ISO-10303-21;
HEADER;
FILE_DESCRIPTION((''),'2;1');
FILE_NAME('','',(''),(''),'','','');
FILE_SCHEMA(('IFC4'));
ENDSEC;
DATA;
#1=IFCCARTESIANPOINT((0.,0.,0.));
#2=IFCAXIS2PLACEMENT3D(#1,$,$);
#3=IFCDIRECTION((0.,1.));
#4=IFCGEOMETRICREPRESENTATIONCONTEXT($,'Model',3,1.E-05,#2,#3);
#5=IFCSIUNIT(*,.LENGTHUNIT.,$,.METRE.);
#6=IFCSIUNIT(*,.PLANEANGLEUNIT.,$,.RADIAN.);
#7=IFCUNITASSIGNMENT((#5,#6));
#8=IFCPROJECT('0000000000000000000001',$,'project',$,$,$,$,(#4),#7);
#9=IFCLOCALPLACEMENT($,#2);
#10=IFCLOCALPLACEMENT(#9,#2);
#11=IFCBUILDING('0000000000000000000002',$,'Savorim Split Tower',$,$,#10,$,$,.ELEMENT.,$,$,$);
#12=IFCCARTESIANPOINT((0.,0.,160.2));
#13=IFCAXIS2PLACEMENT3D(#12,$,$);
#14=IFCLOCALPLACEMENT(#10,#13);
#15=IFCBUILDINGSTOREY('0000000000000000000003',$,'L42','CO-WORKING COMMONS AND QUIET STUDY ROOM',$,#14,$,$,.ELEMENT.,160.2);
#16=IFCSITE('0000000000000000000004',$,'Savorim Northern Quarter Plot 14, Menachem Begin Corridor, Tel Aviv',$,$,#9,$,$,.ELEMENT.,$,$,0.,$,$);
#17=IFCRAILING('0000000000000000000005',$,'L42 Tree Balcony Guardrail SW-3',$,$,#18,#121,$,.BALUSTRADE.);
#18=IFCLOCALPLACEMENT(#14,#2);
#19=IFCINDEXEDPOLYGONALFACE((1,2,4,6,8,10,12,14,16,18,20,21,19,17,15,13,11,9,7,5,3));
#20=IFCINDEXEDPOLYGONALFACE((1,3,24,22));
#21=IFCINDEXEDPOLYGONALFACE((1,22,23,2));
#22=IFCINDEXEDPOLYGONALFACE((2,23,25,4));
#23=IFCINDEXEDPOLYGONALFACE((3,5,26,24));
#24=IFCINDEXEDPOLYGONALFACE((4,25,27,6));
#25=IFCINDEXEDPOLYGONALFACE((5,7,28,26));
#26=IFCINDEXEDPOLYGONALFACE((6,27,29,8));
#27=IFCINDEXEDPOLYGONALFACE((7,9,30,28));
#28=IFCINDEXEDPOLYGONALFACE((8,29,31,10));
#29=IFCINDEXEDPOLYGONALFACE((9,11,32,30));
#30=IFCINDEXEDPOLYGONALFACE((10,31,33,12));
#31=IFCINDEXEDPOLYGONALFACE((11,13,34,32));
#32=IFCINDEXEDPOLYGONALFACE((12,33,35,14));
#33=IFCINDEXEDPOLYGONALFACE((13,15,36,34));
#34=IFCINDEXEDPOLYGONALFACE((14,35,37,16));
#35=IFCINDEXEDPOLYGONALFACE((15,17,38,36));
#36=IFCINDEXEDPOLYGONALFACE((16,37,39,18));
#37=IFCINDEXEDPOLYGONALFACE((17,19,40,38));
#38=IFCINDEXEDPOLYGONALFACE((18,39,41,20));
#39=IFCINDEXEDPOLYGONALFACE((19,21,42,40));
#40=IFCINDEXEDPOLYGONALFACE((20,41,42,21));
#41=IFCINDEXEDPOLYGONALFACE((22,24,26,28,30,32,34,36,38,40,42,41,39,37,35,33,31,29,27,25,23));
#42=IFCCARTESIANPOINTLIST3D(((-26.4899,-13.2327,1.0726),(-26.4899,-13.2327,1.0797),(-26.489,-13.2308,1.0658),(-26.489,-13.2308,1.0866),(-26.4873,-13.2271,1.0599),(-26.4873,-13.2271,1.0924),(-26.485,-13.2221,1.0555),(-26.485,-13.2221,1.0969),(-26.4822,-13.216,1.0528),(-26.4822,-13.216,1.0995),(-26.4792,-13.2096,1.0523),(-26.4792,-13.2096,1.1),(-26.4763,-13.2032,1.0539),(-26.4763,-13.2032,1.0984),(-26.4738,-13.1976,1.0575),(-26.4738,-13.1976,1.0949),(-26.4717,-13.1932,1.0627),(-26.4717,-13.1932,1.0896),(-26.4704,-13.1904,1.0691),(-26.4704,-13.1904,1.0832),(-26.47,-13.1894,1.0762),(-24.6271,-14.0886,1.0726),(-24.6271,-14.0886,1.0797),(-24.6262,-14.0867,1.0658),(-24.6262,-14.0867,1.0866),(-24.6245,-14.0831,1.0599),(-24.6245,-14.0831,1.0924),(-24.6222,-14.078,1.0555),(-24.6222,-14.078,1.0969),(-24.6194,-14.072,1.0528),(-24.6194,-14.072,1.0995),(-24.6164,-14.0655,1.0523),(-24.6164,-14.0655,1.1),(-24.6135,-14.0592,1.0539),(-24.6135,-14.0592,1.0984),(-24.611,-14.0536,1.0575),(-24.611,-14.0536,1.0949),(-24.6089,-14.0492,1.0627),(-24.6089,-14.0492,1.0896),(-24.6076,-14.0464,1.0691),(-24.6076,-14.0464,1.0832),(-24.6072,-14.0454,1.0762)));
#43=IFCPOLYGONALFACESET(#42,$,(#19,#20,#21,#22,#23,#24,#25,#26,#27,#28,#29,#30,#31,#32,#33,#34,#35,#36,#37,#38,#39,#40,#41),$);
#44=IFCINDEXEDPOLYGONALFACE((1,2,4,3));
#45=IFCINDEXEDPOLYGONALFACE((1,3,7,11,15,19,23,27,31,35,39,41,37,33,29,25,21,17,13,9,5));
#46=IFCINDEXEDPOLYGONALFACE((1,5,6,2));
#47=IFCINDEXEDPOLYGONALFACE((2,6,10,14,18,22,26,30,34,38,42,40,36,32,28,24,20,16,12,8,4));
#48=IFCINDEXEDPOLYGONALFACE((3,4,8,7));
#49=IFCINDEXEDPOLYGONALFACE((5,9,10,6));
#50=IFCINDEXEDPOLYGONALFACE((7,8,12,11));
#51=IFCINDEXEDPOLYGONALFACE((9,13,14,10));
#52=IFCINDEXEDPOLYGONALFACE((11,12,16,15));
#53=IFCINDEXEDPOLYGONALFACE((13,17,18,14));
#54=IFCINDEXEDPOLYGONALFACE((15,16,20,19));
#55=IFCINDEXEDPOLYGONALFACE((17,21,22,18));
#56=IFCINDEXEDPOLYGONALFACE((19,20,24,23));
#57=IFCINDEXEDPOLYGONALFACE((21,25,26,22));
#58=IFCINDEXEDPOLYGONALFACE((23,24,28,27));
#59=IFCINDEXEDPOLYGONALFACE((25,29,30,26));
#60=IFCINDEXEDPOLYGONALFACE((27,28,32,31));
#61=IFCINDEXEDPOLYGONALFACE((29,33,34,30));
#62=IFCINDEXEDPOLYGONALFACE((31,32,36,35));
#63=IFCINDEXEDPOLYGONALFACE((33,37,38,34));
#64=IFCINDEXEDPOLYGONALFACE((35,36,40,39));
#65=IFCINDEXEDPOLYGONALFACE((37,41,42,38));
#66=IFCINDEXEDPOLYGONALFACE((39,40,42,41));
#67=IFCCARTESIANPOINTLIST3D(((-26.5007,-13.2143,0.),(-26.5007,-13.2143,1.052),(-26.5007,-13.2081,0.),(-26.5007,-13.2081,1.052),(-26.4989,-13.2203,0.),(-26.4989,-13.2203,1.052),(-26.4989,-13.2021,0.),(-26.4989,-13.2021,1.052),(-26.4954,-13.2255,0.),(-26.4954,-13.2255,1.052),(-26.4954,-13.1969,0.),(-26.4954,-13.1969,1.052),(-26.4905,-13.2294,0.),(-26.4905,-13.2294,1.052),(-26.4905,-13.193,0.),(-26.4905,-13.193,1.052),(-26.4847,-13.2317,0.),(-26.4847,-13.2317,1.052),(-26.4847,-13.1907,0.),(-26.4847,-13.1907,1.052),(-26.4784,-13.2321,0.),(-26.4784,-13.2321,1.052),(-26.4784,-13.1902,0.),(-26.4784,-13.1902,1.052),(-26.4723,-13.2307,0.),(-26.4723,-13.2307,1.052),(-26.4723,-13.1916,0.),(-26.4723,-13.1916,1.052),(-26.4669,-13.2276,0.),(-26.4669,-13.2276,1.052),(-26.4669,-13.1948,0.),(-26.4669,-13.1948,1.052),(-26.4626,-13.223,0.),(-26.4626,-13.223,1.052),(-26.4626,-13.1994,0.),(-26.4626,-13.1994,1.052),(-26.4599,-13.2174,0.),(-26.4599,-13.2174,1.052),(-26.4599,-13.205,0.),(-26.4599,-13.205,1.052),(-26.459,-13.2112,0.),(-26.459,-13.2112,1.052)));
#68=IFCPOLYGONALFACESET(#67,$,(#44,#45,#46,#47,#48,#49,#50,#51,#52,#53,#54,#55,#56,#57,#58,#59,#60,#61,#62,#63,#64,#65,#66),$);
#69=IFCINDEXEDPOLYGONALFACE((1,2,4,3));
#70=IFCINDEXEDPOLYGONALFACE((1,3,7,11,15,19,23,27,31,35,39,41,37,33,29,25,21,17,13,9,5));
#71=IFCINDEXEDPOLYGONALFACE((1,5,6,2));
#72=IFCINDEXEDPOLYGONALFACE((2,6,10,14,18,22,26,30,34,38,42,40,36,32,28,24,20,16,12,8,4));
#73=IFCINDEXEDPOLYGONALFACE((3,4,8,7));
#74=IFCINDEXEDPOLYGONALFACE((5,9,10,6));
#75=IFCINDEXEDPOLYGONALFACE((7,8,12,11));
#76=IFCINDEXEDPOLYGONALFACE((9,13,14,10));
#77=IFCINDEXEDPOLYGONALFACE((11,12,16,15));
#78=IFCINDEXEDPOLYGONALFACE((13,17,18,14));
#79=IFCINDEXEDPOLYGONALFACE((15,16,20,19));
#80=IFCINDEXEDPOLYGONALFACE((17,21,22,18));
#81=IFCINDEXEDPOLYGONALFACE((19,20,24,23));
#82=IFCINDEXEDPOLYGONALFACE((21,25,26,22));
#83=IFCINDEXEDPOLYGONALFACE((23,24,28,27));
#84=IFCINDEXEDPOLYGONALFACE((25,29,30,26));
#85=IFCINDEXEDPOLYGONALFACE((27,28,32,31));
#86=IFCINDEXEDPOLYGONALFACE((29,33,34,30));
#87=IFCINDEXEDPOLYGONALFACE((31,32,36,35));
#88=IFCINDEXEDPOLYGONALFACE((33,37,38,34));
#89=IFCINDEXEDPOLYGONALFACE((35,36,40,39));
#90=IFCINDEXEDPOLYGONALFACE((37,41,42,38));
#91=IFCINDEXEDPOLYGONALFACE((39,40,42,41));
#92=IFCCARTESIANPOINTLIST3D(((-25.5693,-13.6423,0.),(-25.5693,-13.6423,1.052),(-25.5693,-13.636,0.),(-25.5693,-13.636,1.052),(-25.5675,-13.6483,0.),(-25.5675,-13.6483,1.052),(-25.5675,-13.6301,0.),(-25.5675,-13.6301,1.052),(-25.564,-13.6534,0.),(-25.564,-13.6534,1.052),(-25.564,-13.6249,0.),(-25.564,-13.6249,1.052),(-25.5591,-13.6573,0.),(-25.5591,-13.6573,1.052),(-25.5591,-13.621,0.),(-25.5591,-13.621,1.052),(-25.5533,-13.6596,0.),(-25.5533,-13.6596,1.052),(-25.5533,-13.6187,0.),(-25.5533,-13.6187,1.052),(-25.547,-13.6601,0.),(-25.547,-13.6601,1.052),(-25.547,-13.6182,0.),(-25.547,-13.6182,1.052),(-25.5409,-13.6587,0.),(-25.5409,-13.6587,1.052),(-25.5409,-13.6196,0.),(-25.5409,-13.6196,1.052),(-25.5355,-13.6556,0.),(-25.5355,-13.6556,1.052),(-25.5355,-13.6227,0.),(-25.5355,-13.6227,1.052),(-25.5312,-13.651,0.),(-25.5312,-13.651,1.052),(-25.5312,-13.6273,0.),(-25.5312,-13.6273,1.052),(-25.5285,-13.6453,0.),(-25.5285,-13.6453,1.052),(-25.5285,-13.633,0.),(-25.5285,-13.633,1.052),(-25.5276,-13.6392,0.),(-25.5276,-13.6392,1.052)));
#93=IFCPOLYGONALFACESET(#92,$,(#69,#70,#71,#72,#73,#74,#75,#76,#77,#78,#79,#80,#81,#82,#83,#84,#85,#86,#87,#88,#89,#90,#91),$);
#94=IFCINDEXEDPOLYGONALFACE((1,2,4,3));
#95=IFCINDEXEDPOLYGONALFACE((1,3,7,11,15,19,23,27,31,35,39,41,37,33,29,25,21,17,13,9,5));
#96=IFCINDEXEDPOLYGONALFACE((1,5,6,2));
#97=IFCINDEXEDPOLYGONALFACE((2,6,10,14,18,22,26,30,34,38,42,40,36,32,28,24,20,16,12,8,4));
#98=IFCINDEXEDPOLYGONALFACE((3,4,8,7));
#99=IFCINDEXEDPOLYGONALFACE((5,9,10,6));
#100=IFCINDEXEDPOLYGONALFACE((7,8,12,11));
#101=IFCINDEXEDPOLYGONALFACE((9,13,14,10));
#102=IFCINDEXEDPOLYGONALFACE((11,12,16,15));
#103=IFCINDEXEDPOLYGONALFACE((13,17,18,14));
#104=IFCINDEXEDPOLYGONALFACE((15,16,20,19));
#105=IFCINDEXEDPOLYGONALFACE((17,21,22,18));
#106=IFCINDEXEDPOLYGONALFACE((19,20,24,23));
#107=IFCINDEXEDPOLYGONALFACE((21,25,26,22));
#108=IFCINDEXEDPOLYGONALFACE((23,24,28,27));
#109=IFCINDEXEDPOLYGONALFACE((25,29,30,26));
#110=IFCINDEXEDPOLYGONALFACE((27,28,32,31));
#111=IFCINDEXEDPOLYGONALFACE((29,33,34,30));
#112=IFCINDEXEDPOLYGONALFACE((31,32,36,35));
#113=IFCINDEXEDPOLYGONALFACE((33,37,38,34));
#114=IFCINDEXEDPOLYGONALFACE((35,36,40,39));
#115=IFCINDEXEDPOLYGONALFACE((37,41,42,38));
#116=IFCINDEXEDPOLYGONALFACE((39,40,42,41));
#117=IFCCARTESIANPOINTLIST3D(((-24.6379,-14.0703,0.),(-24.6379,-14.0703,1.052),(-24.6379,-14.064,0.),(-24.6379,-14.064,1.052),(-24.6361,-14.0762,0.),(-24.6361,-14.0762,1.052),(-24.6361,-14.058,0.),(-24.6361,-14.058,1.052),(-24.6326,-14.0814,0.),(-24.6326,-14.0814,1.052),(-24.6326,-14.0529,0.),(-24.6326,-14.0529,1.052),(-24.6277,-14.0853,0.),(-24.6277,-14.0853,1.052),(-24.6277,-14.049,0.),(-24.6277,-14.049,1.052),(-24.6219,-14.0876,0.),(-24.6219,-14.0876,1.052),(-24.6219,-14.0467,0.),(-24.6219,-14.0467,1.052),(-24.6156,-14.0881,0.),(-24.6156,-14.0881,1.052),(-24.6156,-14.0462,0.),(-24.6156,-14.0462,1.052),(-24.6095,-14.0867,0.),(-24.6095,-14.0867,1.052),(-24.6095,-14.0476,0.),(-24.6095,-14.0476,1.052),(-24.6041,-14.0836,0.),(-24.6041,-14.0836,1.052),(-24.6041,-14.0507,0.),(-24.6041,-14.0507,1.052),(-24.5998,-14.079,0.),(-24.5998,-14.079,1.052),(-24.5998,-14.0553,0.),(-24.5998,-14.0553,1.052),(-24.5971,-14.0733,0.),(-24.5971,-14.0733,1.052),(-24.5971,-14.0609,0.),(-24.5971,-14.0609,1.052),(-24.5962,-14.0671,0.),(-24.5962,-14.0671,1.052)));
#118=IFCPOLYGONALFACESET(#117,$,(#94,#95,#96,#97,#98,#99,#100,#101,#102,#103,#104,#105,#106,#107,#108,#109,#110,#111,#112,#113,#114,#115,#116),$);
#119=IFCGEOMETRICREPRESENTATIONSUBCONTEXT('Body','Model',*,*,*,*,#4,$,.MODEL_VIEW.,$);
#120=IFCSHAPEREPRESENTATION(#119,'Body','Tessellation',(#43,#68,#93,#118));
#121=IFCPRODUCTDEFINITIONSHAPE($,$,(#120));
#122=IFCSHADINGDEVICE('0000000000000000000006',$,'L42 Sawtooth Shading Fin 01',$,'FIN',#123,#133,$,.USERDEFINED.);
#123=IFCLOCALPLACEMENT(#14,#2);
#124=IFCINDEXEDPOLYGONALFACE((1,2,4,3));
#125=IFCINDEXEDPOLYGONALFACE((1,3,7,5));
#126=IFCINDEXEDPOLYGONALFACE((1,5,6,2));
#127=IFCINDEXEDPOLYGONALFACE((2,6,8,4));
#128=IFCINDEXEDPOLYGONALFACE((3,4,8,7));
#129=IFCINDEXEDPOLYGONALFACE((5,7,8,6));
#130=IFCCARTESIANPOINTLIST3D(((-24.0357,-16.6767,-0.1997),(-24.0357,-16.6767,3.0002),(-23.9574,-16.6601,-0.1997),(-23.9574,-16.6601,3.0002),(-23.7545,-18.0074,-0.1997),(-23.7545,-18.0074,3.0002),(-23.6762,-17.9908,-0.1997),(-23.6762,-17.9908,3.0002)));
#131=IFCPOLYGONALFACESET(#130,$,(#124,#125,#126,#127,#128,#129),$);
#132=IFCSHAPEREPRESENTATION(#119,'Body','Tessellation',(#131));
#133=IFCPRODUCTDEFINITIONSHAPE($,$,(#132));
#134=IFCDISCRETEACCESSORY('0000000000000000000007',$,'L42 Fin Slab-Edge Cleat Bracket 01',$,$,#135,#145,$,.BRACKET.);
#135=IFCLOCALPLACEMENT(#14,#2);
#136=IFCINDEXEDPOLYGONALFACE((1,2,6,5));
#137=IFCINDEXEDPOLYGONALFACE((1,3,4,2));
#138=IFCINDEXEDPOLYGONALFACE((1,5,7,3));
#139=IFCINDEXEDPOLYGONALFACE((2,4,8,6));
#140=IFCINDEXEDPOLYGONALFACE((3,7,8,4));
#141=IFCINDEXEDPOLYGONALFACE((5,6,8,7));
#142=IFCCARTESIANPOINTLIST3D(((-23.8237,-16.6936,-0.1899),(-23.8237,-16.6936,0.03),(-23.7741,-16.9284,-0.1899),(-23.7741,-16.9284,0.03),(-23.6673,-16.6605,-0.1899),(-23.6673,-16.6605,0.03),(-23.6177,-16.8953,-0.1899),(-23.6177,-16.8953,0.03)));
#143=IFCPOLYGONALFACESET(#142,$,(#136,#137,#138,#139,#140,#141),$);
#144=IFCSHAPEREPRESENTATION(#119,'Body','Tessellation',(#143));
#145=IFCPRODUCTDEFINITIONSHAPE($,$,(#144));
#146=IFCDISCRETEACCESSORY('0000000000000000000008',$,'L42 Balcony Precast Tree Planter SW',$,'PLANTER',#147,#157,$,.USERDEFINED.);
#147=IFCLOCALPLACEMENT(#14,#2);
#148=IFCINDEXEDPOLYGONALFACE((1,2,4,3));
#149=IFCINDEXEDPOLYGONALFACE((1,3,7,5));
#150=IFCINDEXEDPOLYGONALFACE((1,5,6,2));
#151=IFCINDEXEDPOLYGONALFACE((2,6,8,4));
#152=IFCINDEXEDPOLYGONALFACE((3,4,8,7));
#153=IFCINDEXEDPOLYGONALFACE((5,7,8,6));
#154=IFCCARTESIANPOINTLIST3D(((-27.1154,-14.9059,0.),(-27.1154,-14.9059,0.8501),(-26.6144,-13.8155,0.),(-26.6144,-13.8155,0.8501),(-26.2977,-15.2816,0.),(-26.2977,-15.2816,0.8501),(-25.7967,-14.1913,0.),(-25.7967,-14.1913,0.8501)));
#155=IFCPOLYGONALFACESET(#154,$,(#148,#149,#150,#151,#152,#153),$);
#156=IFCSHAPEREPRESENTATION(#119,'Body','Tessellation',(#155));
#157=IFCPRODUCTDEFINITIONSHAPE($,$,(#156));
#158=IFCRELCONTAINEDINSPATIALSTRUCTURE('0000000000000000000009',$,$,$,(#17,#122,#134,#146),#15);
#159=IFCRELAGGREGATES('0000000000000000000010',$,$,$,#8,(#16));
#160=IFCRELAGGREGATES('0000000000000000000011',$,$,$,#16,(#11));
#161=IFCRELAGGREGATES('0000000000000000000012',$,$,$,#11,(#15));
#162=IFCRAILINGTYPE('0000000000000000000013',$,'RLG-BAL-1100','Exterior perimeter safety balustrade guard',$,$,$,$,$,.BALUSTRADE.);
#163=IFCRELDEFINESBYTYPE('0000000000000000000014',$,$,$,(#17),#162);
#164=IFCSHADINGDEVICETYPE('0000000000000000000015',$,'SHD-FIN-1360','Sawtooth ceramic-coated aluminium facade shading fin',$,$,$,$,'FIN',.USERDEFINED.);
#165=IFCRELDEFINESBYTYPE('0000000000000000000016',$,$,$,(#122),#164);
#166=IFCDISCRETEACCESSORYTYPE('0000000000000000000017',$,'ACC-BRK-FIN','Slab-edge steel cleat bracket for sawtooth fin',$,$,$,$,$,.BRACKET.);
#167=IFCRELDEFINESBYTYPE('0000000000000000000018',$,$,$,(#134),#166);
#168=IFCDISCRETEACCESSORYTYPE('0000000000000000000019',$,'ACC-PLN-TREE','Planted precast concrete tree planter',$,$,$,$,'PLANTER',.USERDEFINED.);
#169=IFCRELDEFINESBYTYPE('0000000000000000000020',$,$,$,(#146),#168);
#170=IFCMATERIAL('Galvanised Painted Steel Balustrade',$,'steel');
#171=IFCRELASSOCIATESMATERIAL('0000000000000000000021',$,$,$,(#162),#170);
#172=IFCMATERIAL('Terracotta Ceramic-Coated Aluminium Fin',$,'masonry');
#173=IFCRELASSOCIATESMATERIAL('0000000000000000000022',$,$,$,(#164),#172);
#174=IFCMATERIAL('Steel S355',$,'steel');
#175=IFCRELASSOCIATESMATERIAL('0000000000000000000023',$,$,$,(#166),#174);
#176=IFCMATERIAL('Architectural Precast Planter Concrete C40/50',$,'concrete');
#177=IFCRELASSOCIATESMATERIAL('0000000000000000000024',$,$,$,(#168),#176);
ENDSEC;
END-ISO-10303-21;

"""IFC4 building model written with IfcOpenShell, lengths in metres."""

from ifc_helpers import new_model, si_unit, direction, frame, origin, origin_2d, place, context, subcontext, project, spatial, rectangle, circle, extrude, material, type_object, element, save


model = new_model("IFC4")

# Units and contexts
model_context = context("Model", 3, precision=1e-05, world=origin(), true_north=direction((0.0, 1.0)))
body_context = subcontext(model_context, "Body", "Model", "MODEL_VIEW")
ifc_project = project(units=[si_unit("LENGTHUNIT", "METRE"), si_unit("PLANEANGLEUNIT", "RADIAN")], contexts=[model_context])

# Site, building, storey
site_placement = place(None, origin())
site = spatial("IfcSite", under=ifc_project, at=site_placement, Name="Savorim Northern Quarter Plot 14, Menachem Begin Corridor, Tel Aviv", CompositionType="ELEMENT", RefElevation=0.0)
building_placement = place(site_placement, origin())
building = spatial("IfcBuilding", under=site, at=building_placement, Name="Savorim Split Tower", CompositionType="ELEMENT")
storey_placement = place(building_placement, frame((0.0, 0.0, 160.2)))
storey = spatial("IfcBuildingStorey", under=building, at=storey_placement, Name="L42", Description="CO-WORKING COMMONS AND QUIET STUDY ROOM", CompositionType="ELEMENT", Elevation=160.2)

# Shared definitions
ifc_material_1 = material(Name="Steel S355", Category="steel")

# Railing
ifc_material_2 = material(Name="Galvanised Painted Steel Balustrade", Category="steel")
railing_type = type_object("IfcRailingType", Name="RLG-BAL-1100", Description="Exterior perimeter safety balustrade guard", PredefinedType="BALUSTRADE", material=ifc_material_2)
railing_1_placement = place(storey_placement, frame((-26.48, -13.2112, 0.0)))
element("IfcRailing", 1, at=railing_1_placement, inside=storey, type_object=railing_type, Name="L42 Tree Balcony Guardrail SW-3", PredefinedType="BALUSTRADE", context=body_context, shape_type="SweptSolid", body=[
    extrude(circle(Radius=0.0239, at=origin_2d()), frame((0.0, 0.0, 1.0762), z_axis=(0.908662, -0.417532, 0.0), x_axis=(0.417532, 0.908662, 0.0)), (0.0, 0.0, 1.0), 2.05),
    extrude(circle(Radius=0.021, at=origin_2d()), origin(), (0.0, 0.0, 1.0), 1.052),
    extrude(circle(Radius=0.021, at=origin_2d()), frame((0.9314, -0.428, 0.0)), (0.0, 0.0, 1.0), 1.052),
    extrude(circle(Radius=0.021, at=origin_2d()), frame((1.8628, -0.856, 0.0)), (0.0, 0.0, 1.0), 1.052),
])

# Shading device
ifc_material_3 = material(Name="Terracotta Ceramic-Coated Aluminium Fin", Category="masonry")
shading_device_type = type_object("IfcShadingDeviceType", Name="SHD-FIN-1360", Description="Sawtooth ceramic-coated aluminium facade shading fin", ElementType="FIN", PredefinedType="USERDEFINED", material=ifc_material_3)
shading_device_placement = place(storey_placement, frame((-23.856, -17.3337, -0.1997), z_axis=(0.0, 0.0, 1.0), x_axis=(0.206722, -0.9784, 0.0)))
element("IfcShadingDevice", 2, at=shading_device_placement, inside=storey, type_object=shading_device_type, Name="L42 Sawtooth Shading Fin 01", ObjectType="FIN", PredefinedType="USERDEFINED", context=body_context, shape_type="SweptSolid", body=[
    extrude(rectangle(XDim=1.3601, YDim=0.0801, at=origin_2d()), origin(), (0.0, 0.0, 1.0), 3.2),
])

# Discrete accessories
discrete_accessory_type_1 = type_object("IfcDiscreteAccessoryType", Name="ACC-BRK-FIN", Description="Slab-edge steel cleat bracket for sawtooth fin", PredefinedType="BRACKET", material=ifc_material_1)
discrete_accessory_1_placement = place(storey_placement, frame((-23.7207, -16.7944, -0.1899), z_axis=(0.0, 0.0, 1.0), x_axis=(0.206722, -0.9784, 0.0)))
element("IfcDiscreteAccessory", 3, at=discrete_accessory_1_placement, inside=storey, type_object=discrete_accessory_type_1, Name="L42 Fin Slab-Edge Cleat Bracket 01", PredefinedType="BRACKET", context=body_context, shape_type="SweptSolid", body=[
    extrude(rectangle(XDim=0.24, YDim=0.1599, at=origin_2d()), origin(), (0.0, 0.0, 1.0), 0.22),
])
ifc_material_4 = material(Name="Architectural Precast Planter Concrete C40/50", Category="concrete")
discrete_accessory_type_2 = type_object("IfcDiscreteAccessoryType", Name="ACC-PLN-TREE", Description="Planted precast concrete tree planter", ElementType="PLANTER", PredefinedType="USERDEFINED", material=ifc_material_4)
discrete_accessory_2_placement = place(storey_placement, frame((-26.4561, -14.5486, 0.0), z_axis=(0.0, 0.0, 1.0), x_axis=(-0.417494, -0.908679, 0.0)))
element("IfcDiscreteAccessory", 4, at=discrete_accessory_2_placement, inside=storey, type_object=discrete_accessory_type_2, Name="L42 Balcony Precast Tree Planter SW", ObjectType="PLANTER", PredefinedType="USERDEFINED", context=body_context, shape_type="SweptSolid", body=[
    extrude(rectangle(XDim=1.2, YDim=0.8999, at=origin_2d()), origin(), (0.0, 0.0, 1.0), 0.8501),
])

save(model, "model.ifc")
